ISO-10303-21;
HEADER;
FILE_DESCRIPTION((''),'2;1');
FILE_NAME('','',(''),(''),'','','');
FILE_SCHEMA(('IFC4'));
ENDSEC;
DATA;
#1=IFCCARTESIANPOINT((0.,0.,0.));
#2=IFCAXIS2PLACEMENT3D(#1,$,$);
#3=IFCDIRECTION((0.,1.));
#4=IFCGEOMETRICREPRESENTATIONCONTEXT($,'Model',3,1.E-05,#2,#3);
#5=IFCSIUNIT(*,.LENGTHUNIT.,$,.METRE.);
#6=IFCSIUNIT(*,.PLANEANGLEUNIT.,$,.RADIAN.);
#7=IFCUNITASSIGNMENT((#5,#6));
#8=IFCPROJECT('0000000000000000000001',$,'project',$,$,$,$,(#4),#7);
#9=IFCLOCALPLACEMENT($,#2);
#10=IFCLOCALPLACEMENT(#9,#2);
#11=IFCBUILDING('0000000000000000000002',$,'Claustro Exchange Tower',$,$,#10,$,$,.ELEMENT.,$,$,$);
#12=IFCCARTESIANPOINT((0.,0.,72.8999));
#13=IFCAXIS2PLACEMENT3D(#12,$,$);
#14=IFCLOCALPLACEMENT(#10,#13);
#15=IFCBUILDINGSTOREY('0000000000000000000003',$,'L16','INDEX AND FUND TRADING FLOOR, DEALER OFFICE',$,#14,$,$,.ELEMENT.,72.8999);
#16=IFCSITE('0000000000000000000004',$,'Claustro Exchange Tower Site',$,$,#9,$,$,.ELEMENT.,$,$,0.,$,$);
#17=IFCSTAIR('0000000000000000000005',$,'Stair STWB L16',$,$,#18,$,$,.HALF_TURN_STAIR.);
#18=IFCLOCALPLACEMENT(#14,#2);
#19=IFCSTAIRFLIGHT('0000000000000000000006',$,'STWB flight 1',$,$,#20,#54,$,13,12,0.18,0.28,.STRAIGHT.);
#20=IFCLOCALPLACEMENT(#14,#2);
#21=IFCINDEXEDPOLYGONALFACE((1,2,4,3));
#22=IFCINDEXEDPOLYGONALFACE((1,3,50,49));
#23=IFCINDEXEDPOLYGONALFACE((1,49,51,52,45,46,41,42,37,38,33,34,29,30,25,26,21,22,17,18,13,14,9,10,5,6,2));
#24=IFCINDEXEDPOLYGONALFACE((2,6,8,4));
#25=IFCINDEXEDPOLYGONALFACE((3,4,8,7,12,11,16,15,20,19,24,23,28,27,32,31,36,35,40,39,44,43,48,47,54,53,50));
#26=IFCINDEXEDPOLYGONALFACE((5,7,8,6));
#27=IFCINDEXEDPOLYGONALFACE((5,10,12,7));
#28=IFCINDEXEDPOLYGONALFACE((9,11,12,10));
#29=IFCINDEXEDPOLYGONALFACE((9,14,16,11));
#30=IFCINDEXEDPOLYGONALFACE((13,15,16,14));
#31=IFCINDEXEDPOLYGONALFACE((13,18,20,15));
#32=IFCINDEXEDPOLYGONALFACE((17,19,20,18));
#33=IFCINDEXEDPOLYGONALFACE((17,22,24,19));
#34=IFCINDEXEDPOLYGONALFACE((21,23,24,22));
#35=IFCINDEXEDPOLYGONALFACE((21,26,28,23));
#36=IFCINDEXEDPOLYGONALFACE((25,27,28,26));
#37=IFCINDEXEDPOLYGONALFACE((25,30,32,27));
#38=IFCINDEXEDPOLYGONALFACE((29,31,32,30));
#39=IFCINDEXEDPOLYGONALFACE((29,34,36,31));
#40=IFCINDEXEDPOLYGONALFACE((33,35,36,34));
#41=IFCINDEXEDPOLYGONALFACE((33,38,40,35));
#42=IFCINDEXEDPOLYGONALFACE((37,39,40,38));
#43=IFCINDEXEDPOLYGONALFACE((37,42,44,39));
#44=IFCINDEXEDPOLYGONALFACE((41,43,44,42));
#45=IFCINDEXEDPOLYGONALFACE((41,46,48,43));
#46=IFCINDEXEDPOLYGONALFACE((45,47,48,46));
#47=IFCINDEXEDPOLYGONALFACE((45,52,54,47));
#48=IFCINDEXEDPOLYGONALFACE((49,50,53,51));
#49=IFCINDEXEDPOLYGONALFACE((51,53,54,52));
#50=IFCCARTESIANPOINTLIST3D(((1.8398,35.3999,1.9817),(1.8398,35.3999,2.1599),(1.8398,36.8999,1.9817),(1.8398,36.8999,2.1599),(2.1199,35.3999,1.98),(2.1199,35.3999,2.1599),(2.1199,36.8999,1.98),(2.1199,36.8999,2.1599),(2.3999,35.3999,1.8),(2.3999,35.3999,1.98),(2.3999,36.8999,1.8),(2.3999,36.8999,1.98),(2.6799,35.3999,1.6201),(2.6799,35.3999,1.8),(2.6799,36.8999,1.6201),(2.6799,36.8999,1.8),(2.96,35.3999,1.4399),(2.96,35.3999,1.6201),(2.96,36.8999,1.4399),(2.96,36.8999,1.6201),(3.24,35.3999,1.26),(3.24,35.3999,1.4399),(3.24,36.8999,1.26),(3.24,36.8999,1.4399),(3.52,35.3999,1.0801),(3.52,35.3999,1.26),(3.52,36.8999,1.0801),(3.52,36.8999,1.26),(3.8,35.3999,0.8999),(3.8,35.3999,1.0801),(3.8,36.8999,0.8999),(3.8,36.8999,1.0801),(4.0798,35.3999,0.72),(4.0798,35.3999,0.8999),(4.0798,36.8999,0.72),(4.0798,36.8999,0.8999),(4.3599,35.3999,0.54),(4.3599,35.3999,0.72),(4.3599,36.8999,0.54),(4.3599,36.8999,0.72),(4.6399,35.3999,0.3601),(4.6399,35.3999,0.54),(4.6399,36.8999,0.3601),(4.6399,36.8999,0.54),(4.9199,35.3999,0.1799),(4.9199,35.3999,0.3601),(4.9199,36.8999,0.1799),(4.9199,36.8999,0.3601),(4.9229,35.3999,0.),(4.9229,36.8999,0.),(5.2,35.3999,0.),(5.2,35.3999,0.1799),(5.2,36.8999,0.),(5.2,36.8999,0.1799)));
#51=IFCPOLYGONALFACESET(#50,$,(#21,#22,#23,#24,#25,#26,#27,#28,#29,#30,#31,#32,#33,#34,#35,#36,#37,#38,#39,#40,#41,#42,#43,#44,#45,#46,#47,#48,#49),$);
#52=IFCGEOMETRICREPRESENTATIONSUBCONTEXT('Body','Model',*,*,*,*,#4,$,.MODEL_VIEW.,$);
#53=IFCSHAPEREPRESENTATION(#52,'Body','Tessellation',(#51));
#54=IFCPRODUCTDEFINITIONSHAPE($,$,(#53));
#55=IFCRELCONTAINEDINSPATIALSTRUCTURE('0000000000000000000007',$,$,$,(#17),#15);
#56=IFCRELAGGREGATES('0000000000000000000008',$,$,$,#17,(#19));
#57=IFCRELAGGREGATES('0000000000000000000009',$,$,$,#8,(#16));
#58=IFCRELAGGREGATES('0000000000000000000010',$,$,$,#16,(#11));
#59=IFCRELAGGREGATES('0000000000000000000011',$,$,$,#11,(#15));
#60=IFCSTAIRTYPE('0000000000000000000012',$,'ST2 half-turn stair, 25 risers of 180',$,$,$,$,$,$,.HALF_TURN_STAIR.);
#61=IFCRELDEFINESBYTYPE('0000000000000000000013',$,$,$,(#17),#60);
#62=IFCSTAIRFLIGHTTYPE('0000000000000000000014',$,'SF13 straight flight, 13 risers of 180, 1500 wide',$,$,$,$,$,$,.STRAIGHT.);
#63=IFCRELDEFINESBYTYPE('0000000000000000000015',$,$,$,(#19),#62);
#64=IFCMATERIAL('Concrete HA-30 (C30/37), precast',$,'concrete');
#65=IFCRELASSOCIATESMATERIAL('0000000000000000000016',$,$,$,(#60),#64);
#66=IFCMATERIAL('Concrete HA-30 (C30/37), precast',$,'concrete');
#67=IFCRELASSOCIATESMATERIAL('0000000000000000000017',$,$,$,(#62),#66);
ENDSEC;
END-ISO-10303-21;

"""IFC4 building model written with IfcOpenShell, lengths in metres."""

from ifc_helpers import new_model, si_unit, direction, frame, origin, place, context, subcontext, project, spatial, polyline, outline, extrude, material, type_object, element, aggregate, save


model = new_model("IFC4")

# Units and contexts
model_context = context("Model", 3, precision=1e-05, world=origin(), true_north=direction((0.0, 1.0)))
body_context = subcontext(model_context, "Body", "Model", "MODEL_VIEW")
ifc_project = project(units=[si_unit("LENGTHUNIT", "METRE"), si_unit("PLANEANGLEUNIT", "RADIAN")], contexts=[model_context])

# Site, building, storey
site_placement = place(None, origin())
site = spatial("IfcSite", under=ifc_project, at=site_placement, Name="Claustro Exchange Tower Site", CompositionType="ELEMENT", RefElevation=0.0)
building_placement = place(site_placement, origin())
building = spatial("IfcBuilding", under=site, at=building_placement, Name="Claustro Exchange Tower", CompositionType="ELEMENT")
storey_placement = place(building_placement, frame((0.0, 0.0, 72.8999)))
storey = spatial("IfcBuildingStorey", under=building, at=storey_placement, Name="L16", Description="INDEX AND FUND TRADING FLOOR, DEALER OFFICE", CompositionType="ELEMENT", Elevation=72.8999)

# Stair, stair flight
ifc_material_1 = material(Name="Concrete HA-30 (C30/37), precast", Category="concrete")
stair_type = type_object("IfcStairType", Name="ST2 half-turn stair, 25 risers of 180", PredefinedType="HALF_TURN_STAIR", material=ifc_material_1)
stair_placement = place(storey_placement, origin())
stair = element("IfcStair", 1, at=stair_placement, inside=storey, type_object=stair_type, Name="Stair STWB L16", PredefinedType="HALF_TURN_STAIR")
ifc_material_2 = material(Name="Concrete HA-30 (C30/37), precast", Category="concrete")
stair_flight_type_1 = type_object("IfcStairFlightType", Name="SF13 straight flight, 13 risers of 180, 1500 wide", PredefinedType="STRAIGHT", material=ifc_material_2)
stair_flight_1_placement = place(storey_placement, frame((5.2, 36.1499, 0.0), z_axis=(0.0, 0.0, 1.0), x_axis=(-1.0, 0.0, 0.0)))
stair_flight_1 = element("IfcStairFlight", 2, at=stair_flight_1_placement, type_object=stair_flight_type_1, Name="STWB flight 1", NumberOfRisers=13, NumberOfTreads=12, PredefinedType="STRAIGHT", RiserHeight=0.18, TreadLength=0.28, context=body_context, shape_type="SweptSolid", body=[
    extrude(outline(polyline([(0.0, 0.0), (0.0, 0.1799), (0.28, 0.1799), (0.28, 0.3601), (0.5601, 0.3601), (0.5601, 0.54), (0.8401, 0.54), (0.8401, 0.72), (1.1201, 0.72), (1.1201, 0.8999), (1.3999, 0.8999), (1.3999, 1.0801), (1.6799, 1.0801), (1.6799, 1.26), (1.96, 1.26), (1.96, 1.4399), (2.24, 1.4399), (2.24, 1.6201), (2.52, 1.6201), (2.52, 1.8), (2.8, 1.8), (2.8, 1.98), (3.0801, 1.98), (3.0801, 2.1599), (3.3601, 2.1599), (3.3601, 2.3401), (3.3601, 1.9817), (0.2771, 0.0), (0.0, 0.0)])), frame((0.0, 0.75, 0.0), z_axis=(0.0, -1.0, 0.0), x_axis=(1.0, 0.0, 0.0)), (0.0, 0.0, 1.0), 1.5),
])
aggregate(stair, [stair_flight_1])

save(model, "model.ifc")
